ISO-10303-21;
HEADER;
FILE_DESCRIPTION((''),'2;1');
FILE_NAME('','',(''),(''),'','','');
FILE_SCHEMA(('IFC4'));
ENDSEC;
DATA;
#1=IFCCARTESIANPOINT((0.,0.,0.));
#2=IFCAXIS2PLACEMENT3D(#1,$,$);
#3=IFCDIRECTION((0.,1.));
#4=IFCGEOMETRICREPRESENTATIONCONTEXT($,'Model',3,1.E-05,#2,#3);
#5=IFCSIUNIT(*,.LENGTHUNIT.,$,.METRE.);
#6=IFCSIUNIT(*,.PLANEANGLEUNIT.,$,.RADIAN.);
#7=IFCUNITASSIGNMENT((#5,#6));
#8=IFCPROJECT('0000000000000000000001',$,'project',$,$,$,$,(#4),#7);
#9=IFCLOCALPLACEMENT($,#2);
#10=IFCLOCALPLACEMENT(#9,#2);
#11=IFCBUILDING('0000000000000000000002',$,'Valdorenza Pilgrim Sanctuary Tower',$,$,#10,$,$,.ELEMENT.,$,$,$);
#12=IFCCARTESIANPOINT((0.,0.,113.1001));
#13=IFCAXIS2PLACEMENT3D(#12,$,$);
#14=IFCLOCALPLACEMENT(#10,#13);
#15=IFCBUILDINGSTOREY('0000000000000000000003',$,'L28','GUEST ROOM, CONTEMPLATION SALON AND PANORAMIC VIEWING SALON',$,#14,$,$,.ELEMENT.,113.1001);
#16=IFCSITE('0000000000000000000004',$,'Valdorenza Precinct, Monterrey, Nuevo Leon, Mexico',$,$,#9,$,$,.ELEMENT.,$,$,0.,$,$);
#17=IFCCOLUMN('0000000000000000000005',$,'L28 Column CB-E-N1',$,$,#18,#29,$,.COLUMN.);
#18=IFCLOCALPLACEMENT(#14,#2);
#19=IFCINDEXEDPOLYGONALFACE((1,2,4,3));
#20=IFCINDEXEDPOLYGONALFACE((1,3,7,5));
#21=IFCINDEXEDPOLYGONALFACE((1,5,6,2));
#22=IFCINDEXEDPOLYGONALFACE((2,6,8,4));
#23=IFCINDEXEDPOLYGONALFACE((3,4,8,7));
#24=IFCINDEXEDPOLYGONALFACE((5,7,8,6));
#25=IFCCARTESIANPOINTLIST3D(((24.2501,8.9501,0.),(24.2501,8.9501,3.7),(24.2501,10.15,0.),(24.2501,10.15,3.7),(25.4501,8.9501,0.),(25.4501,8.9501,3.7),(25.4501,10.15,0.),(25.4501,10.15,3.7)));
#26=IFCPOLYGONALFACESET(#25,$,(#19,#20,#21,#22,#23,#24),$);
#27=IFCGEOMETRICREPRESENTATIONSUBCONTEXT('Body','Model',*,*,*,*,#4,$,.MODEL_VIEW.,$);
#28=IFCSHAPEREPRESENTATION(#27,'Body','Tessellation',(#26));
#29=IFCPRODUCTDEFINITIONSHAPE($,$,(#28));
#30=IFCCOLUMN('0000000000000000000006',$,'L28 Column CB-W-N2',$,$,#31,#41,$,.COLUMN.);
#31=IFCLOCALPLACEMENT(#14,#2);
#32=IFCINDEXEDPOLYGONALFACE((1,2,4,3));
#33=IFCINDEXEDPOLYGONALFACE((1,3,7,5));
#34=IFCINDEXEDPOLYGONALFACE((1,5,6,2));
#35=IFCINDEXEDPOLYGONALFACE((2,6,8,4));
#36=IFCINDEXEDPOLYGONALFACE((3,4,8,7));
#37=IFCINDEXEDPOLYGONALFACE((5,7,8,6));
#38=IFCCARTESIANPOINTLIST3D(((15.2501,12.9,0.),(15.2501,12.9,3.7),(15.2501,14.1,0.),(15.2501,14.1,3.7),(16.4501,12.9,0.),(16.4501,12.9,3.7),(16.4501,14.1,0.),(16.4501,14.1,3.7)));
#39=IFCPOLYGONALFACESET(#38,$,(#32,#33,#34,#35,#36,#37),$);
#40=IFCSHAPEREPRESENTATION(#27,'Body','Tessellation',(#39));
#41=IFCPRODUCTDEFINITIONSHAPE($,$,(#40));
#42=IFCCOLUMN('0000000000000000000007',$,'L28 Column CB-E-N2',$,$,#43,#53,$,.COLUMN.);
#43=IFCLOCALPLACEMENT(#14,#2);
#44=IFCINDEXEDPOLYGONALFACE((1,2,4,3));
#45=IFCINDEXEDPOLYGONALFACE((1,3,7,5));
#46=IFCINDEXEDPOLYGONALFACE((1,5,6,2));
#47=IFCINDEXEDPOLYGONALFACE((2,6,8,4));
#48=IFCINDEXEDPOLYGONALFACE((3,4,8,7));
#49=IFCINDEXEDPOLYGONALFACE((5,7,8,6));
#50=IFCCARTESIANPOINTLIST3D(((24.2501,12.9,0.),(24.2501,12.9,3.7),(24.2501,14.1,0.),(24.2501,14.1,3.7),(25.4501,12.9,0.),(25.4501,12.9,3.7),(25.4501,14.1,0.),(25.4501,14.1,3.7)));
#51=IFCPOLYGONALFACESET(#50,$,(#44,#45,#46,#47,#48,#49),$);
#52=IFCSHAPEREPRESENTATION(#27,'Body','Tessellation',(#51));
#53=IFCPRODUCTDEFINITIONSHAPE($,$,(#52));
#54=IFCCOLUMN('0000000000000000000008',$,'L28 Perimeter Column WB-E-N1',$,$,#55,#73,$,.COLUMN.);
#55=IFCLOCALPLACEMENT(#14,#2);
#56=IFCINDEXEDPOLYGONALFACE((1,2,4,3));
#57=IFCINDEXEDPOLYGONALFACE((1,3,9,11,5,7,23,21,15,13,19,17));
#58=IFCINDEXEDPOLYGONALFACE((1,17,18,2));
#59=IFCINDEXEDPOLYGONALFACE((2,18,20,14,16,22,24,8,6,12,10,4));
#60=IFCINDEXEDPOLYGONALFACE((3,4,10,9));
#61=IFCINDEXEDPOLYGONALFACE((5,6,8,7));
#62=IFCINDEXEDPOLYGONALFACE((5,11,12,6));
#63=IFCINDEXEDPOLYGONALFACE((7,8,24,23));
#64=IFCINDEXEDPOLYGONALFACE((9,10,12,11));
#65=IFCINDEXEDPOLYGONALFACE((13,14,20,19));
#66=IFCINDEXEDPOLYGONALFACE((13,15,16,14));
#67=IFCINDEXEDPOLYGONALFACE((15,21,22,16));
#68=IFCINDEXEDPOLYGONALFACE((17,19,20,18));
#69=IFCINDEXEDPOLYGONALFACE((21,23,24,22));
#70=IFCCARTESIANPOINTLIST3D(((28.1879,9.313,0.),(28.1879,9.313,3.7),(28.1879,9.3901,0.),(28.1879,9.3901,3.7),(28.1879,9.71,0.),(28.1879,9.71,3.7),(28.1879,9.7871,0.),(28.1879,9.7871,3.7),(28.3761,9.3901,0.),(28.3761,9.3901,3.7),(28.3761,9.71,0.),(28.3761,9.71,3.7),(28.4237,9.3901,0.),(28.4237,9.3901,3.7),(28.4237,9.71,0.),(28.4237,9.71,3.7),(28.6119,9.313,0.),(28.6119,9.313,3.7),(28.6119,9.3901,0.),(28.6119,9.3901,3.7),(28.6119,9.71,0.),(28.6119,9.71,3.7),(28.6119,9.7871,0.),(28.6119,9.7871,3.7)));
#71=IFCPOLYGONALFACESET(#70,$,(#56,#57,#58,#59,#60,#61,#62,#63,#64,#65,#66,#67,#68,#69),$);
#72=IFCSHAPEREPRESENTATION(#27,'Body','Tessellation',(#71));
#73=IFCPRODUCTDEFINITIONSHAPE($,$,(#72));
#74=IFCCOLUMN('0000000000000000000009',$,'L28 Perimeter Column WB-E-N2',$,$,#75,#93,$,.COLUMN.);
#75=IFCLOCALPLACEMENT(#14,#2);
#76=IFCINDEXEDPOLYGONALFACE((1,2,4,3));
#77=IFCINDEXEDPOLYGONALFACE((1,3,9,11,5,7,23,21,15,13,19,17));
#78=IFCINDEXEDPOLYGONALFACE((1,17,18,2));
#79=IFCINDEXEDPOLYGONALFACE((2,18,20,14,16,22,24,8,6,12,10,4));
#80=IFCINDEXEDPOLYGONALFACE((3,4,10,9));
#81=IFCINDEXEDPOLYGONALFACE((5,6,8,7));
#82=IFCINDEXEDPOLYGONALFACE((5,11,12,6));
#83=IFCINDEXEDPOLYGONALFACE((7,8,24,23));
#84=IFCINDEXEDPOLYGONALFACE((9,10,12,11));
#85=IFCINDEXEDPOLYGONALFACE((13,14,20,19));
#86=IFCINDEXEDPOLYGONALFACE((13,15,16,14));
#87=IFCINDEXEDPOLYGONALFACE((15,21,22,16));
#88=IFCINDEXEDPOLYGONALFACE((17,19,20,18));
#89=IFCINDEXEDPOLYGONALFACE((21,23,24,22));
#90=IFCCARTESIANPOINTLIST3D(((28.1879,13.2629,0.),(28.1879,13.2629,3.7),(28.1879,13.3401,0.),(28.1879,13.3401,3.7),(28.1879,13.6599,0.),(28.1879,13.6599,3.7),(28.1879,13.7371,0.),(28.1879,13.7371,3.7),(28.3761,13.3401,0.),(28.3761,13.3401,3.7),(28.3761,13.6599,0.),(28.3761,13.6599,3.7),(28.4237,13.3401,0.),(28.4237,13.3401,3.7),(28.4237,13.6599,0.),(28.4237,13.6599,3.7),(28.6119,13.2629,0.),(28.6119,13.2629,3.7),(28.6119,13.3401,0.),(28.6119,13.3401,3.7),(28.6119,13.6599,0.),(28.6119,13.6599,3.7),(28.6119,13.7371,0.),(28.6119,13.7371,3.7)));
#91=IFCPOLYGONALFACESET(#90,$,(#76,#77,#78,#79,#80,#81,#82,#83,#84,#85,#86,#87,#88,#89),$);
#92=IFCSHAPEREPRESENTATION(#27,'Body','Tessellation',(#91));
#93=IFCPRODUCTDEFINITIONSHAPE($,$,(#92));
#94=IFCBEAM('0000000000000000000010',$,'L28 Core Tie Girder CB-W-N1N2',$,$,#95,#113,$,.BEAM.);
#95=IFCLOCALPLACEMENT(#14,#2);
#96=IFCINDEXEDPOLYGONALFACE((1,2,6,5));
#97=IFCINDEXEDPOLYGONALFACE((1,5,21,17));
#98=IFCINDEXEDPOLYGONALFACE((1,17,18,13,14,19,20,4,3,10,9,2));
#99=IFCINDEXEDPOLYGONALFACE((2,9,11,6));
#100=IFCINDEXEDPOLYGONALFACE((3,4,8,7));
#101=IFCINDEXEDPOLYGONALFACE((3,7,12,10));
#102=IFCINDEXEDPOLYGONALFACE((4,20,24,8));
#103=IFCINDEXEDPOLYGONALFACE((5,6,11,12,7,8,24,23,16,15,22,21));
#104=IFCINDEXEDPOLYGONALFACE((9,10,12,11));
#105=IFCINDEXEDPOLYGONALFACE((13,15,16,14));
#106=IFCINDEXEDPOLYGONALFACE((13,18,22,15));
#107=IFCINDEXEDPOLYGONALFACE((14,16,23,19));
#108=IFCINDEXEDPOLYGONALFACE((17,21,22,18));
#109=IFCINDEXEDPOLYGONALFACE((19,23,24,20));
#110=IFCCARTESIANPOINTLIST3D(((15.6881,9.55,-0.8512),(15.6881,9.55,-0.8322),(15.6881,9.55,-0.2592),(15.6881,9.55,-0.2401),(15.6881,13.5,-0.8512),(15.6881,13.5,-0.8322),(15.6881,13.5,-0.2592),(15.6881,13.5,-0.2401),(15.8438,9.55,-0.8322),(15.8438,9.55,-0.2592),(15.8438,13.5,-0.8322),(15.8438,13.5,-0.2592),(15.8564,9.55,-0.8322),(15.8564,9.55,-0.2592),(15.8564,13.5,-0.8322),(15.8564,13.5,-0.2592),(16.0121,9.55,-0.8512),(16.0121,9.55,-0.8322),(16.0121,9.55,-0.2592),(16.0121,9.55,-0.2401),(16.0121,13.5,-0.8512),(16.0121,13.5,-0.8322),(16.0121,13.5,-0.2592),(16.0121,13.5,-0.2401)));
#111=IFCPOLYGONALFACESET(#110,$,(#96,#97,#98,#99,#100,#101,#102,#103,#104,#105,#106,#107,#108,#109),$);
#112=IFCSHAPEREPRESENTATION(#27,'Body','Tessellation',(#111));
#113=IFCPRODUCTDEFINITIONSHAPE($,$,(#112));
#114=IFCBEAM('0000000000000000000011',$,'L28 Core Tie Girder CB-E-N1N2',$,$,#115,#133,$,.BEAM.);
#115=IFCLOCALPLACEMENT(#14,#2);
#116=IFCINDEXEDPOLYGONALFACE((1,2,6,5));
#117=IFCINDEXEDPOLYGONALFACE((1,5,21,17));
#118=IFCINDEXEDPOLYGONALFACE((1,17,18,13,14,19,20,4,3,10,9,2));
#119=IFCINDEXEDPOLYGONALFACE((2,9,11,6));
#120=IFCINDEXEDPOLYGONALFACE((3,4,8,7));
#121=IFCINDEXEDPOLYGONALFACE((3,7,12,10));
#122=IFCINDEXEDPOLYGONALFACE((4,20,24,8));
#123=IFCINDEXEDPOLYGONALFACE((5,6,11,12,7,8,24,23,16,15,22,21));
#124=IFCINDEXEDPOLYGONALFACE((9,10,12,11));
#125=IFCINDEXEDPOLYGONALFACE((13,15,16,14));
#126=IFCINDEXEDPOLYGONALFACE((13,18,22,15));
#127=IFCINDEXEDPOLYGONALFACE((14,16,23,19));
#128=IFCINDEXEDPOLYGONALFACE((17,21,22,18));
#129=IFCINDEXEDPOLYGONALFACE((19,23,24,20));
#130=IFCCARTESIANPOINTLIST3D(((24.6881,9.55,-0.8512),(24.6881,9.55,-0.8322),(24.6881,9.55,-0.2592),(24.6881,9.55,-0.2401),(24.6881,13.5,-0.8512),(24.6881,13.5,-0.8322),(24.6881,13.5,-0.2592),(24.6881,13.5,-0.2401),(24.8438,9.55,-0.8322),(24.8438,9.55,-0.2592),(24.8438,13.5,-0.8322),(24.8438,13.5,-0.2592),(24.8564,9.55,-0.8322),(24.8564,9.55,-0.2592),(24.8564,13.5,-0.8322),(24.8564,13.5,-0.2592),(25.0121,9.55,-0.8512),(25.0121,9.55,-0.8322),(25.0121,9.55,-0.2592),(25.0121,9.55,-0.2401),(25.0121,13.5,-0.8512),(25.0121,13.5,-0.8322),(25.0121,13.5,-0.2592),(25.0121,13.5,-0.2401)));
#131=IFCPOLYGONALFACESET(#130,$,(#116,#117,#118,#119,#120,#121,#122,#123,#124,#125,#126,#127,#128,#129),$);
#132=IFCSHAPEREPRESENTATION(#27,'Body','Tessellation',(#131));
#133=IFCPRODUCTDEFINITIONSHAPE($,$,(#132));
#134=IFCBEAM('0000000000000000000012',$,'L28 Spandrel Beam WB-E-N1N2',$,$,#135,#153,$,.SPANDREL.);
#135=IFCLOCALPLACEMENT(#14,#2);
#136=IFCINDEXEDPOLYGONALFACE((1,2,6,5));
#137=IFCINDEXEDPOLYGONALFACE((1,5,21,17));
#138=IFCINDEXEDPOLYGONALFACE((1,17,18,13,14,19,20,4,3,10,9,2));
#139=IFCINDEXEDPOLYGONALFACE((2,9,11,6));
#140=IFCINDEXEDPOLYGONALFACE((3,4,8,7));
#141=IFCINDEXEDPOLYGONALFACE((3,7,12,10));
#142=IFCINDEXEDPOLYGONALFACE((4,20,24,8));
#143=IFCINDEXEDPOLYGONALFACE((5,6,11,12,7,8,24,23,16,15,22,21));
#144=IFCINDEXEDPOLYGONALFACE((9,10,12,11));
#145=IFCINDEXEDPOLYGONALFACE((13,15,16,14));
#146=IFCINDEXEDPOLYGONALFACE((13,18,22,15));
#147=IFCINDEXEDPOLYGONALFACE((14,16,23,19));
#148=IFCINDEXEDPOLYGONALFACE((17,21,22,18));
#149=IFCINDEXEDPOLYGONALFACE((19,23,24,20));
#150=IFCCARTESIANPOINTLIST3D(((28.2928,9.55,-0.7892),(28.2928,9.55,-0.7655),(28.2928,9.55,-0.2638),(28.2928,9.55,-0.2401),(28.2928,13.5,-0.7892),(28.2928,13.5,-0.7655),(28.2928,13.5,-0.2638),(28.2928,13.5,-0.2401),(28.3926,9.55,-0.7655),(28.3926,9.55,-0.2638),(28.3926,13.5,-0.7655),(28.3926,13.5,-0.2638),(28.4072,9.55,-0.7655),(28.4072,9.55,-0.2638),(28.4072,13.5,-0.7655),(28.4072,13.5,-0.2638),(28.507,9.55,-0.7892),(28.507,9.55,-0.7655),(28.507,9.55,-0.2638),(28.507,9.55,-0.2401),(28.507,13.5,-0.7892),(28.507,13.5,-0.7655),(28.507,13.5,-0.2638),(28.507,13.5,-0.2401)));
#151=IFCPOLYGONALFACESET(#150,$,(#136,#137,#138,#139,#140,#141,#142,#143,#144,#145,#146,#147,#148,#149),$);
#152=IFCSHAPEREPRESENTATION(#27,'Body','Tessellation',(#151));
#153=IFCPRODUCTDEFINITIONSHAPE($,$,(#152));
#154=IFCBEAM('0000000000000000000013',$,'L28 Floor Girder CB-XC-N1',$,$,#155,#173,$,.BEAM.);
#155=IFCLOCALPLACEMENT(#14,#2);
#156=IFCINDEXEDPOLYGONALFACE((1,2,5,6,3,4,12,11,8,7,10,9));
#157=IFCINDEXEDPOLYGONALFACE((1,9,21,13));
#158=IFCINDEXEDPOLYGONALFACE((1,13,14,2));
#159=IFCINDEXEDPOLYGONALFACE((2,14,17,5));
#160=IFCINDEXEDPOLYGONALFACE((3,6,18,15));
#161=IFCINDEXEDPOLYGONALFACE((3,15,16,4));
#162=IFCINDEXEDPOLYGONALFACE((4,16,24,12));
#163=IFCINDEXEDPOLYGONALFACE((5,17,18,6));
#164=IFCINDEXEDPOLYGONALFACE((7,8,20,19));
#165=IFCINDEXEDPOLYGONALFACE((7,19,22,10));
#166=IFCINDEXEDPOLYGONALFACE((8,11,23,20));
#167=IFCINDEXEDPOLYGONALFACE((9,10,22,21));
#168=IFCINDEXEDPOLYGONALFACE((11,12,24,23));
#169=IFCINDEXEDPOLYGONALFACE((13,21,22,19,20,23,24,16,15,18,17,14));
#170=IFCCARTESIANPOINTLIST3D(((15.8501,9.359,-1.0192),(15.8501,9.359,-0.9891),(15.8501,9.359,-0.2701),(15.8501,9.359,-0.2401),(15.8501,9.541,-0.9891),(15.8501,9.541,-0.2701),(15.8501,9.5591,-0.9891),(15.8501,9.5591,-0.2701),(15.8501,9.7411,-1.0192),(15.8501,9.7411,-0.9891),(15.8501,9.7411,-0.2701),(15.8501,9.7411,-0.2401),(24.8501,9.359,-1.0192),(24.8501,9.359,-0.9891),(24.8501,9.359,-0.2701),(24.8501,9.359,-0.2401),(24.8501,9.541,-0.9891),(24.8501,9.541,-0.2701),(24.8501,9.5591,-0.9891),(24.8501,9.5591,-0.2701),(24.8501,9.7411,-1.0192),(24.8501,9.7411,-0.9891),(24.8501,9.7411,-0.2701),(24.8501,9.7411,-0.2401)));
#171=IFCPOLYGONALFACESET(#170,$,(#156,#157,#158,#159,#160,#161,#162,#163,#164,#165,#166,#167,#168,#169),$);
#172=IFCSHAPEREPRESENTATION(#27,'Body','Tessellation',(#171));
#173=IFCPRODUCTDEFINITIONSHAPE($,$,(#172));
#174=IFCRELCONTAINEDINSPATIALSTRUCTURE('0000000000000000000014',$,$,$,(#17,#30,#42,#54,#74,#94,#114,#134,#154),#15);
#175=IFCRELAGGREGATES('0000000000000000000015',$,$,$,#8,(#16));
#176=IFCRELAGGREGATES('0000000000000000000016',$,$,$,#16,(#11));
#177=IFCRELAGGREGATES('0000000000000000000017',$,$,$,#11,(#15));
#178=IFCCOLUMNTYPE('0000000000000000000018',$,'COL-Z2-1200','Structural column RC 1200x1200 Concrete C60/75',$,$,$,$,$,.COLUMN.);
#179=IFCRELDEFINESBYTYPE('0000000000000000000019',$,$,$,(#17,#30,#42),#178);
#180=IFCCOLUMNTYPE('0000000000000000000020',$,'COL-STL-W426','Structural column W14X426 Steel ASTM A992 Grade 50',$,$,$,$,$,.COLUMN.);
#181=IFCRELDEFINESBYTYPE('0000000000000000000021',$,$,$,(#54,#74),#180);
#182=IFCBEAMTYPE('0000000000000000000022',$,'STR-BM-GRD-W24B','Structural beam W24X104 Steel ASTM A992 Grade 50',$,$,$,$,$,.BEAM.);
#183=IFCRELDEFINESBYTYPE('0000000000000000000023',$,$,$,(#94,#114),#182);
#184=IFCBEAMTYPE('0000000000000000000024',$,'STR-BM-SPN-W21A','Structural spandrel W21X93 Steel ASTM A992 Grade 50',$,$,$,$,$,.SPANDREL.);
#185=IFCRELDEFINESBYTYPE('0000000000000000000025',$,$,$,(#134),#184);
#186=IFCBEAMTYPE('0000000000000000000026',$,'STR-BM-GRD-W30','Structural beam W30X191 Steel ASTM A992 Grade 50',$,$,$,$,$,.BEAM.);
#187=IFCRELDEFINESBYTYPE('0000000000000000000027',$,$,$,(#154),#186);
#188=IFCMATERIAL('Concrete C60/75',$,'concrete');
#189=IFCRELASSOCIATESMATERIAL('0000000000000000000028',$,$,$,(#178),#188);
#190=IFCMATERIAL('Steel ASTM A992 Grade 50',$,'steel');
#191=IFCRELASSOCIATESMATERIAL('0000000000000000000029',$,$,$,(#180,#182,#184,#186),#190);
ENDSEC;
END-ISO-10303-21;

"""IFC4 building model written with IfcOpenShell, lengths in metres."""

from ifc_helpers import new_model, si_unit, direction, frame, origin, origin_2d, place, context, subcontext, project, spatial, rectangle, i_section, extrude, source, transform, mapped, material, material_profile, profile_set, type_object, element, save


model = new_model("IFC4")

# Units and contexts
model_context = context("Model", 3, precision=1e-05, world=origin(), true_north=direction((0.0, 1.0)))
body_context = subcontext(model_context, "Body", "Model", "MODEL_VIEW")
ifc_project = project(units=[si_unit("LENGTHUNIT", "METRE"), si_unit("PLANEANGLEUNIT", "RADIAN")], contexts=[model_context])

# Site, building, storey
site_placement = place(None, origin())
site = spatial("IfcSite", under=ifc_project, at=site_placement, Name="Valdorenza Precinct, Monterrey, Nuevo Leon, Mexico", CompositionType="ELEMENT", RefElevation=0.0)
building_placement = place(site_placement, origin())
building = spatial("IfcBuilding", under=site, at=building_placement, Name="Valdorenza Pilgrim Sanctuary Tower", CompositionType="ELEMENT")
storey_placement = place(building_placement, frame((0.0, 0.0, 113.1001)))
storey = spatial("IfcBuildingStorey", under=building, at=storey_placement, Name="L28", Description="GUEST ROOM, CONTEMPLATION SALON AND PANORAMIC VIEWING SALON", CompositionType="ELEMENT", Elevation=113.1001)

# Columns
ifc_material_1 = material(Name="Concrete C60/75", Category="concrete")
ifc_material_profile_1 = material_profile(ifc_material_1, rectangle(XDim=1.2, YDim=1.2, at=origin_2d()), Name="RC 1200x1200")
ifc_profile_set_1 = profile_set([ifc_material_profile_1], Name="Concrete C60/75")
column_type_1 = type_object("IfcColumnType", Name="COL-Z2-1200", Description="Structural column RC 1200x1200 Concrete C60/75", PredefinedType="COLUMN", material=ifc_profile_set_1)
shared_shape_1 = source(origin(), body_context, "Body", "SweptSolid", [
    extrude(rectangle(XDim=1.2, YDim=1.2, at=origin_2d()), origin(), (0.0, 0.0, 1.0), 3.7),
])
for number, where, z_axis, x_axis, name in (
    (1, (24.8501, 9.55, 0.0), (0.0, 0.0, 1.0), (1.0, 0.0, 0.0), "L28 Column CB-E-N1"),
    (2, (15.8501, 13.5, 0.0), (0.0, 0.0, 1.0), (1.0, 0.0, 0.0), "L28 Column CB-W-N2"),
    (3, (24.8501, 13.5, 0.0), (0.0, 0.0, 1.0), (1.0, 0.0, 0.0), "L28 Column CB-E-N2"),
):
    element("IfcColumn", number, at=place(storey_placement, frame(where, z_axis=z_axis, x_axis=x_axis)), inside=storey, type_object=column_type_1, Name=name, PredefinedType="COLUMN", context=body_context, shape_type="MappedRepresentation", body=[
        mapped(shared_shape_1, transform((0.0, 0.0, 0.0), x_axis=(1.0, 0.0, 0.0), y_axis=(0.0, 1.0, 0.0), z_axis=(0.0, 0.0, 1.0), scale=1.0)),
    ])
ifc_material_2 = material(Name="Steel ASTM A992 Grade 50", Category="steel")
ifc_material_profile_2 = material_profile(ifc_material_2, i_section(OverallWidth=0.4241, OverallDepth=0.4741, WebThickness=0.0476, FlangeThickness=0.0771, at=origin_2d()), Name="W14X426")
ifc_profile_set_2 = profile_set([ifc_material_profile_2], Name="Steel ASTM A992 Grade 50")
column_type_2 = type_object("IfcColumnType", Name="COL-STL-W426", Description="Structural column W14X426 Steel ASTM A992 Grade 50", PredefinedType="COLUMN", material=ifc_profile_set_2)
shared_shape_2 = source(origin(), body_context, "Body", "SweptSolid", [
    extrude(i_section(OverallWidth=0.4241, OverallDepth=0.4741, WebThickness=0.0476, FlangeThickness=0.0771, at=origin_2d()), origin(), (0.0, 0.0, 1.0), 3.7),
])
for number, where, z_axis, x_axis, name in (
    (4, (28.3999, 9.55, 0.0), (0.0, 0.0, 1.0), (1.0, 0.0, 0.0), "L28 Perimeter Column WB-E-N1"),
    (5, (28.3999, 13.5, 0.0), (0.0, 0.0, 1.0), (1.0, 0.0, 0.0), "L28 Perimeter Column WB-E-N2"),
):
    element("IfcColumn", number, at=place(storey_placement, frame(where, z_axis=z_axis, x_axis=x_axis)), inside=storey, type_object=column_type_2, Name=name, PredefinedType="COLUMN", context=body_context, shape_type="MappedRepresentation", body=[
        mapped(shared_shape_2, transform((0.0, 0.0, 0.0), x_axis=(1.0, 0.0, 0.0), y_axis=(0.0, 1.0, 0.0), z_axis=(0.0, 0.0, 1.0), scale=1.0)),
    ])

# Beams
ifc_material_profile_3 = material_profile(ifc_material_2, i_section(OverallWidth=0.324, OverallDepth=0.6111, WebThickness=0.0127, FlangeThickness=0.019, at=origin_2d()), Name="W24X104")
ifc_profile_set_3 = profile_set([ifc_material_profile_3], Name="Steel ASTM A992 Grade 50")
beam_type_1 = type_object("IfcBeamType", Name="STR-BM-GRD-W24B", Description="Structural beam W24X104 Steel ASTM A992 Grade 50", PredefinedType="BEAM", material=ifc_profile_set_3)
shared_shape_3 = source(origin(), body_context, "Body", "SweptSolid", [
    extrude(i_section(OverallWidth=0.324, OverallDepth=0.6111, WebThickness=0.0127, FlangeThickness=0.019, at=origin_2d()), origin(), (0.0, 0.0, 1.0), 3.95),
])
for number, where, z_axis, x_axis, name in (
    (6, (15.8501, 9.55, -0.5457), (0.0, 1.0, 0.0), (-1.0, 0.0, 0.0), "L28 Core Tie Girder CB-W-N1N2"),
    (7, (24.8501, 9.55, -0.5457), (0.0, 1.0, 0.0), (-1.0, 0.0, 0.0), "L28 Core Tie Girder CB-E-N1N2"),
):
    element("IfcBeam", number, at=place(storey_placement, frame(where, z_axis=z_axis, x_axis=x_axis)), inside=storey, type_object=beam_type_1, Name=name, PredefinedType="BEAM", context=body_context, shape_type="MappedRepresentation", body=[
        mapped(shared_shape_3, transform((0.0, 0.0, 0.0), x_axis=(1.0, 0.0, 0.0), y_axis=(0.0, 1.0, 0.0), z_axis=(0.0, 0.0, 1.0), scale=1.0)),
    ])
ifc_material_profile_4 = material_profile(ifc_material_2, i_section(OverallWidth=0.2141, OverallDepth=0.5491, WebThickness=0.0146, FlangeThickness=0.0237, at=origin_2d()), Name="W21X93")
ifc_profile_set_4 = profile_set([ifc_material_profile_4], Name="Steel ASTM A992 Grade 50")
beam_type_2 = type_object("IfcBeamType", Name="STR-BM-SPN-W21A", Description="Structural spandrel W21X93 Steel ASTM A992 Grade 50", PredefinedType="SPANDREL", material=ifc_profile_set_4)
shared_shape_4 = source(origin(), body_context, "Body", "SweptSolid", [
    extrude(i_section(OverallWidth=0.2141, OverallDepth=0.5491, WebThickness=0.0146, FlangeThickness=0.0237, at=origin_2d()), origin(), (0.0, 0.0, 1.0), 3.95),
])
beam_placement = place(storey_placement, frame((28.3999, 9.55, -0.5146), z_axis=(0.0, 1.0, 0.0), x_axis=(-1.0, 0.0, 0.0)))
element("IfcBeam", 8, at=beam_placement, inside=storey, type_object=beam_type_2, Name="L28 Spandrel Beam WB-E-N1N2", PredefinedType="SPANDREL", context=body_context, shape_type="MappedRepresentation", body=[
    mapped(shared_shape_4, transform((0.0, 0.0, 0.0), x_axis=(1.0, 0.0, 0.0), y_axis=(0.0, 1.0, 0.0), z_axis=(0.0, 0.0, 1.0), scale=1.0)),
])
ifc_material_profile_5 = material_profile(ifc_material_2, i_section(OverallWidth=0.3821, OverallDepth=0.7791, WebThickness=0.0181, FlangeThickness=0.03, at=origin_2d()), Name="W30X191")
ifc_profile_set_5 = profile_set([ifc_material_profile_5], Name="Steel ASTM A992 Grade 50")
beam_type_3 = type_object("IfcBeamType", Name="STR-BM-GRD-W30", Description="Structural beam W30X191 Steel ASTM A992 Grade 50", PredefinedType="BEAM", material=ifc_profile_set_5)
shared_shape_5 = source(origin(), body_context, "Body", "SweptSolid", [
    extrude(i_section(OverallWidth=0.3821, OverallDepth=0.7791, WebThickness=0.0181, FlangeThickness=0.03, at=origin_2d()), origin(), (0.0, 0.0, 1.0), 9.0),
])
for number, where, z_axis, x_axis, name in (
    (9, (15.8501, 9.55, -0.6296), (1.0, 0.0, 0.0), (0.0, 1.0, 0.0), "L28 Floor Girder CB-XC-N1"),
):
    element("IfcBeam", number, at=place(storey_placement, frame(where, z_axis=z_axis, x_axis=x_axis)), inside=storey, type_object=beam_type_3, Name=name, PredefinedType="BEAM", context=body_context, shape_type="MappedRepresentation", body=[
        mapped(shared_shape_5, transform((0.0, 0.0, 0.0), x_axis=(1.0, 0.0, 0.0), y_axis=(0.0, 1.0, 0.0), z_axis=(0.0, 0.0, 1.0), scale=1.0)),
    ])

save(model, "model.ifc")
